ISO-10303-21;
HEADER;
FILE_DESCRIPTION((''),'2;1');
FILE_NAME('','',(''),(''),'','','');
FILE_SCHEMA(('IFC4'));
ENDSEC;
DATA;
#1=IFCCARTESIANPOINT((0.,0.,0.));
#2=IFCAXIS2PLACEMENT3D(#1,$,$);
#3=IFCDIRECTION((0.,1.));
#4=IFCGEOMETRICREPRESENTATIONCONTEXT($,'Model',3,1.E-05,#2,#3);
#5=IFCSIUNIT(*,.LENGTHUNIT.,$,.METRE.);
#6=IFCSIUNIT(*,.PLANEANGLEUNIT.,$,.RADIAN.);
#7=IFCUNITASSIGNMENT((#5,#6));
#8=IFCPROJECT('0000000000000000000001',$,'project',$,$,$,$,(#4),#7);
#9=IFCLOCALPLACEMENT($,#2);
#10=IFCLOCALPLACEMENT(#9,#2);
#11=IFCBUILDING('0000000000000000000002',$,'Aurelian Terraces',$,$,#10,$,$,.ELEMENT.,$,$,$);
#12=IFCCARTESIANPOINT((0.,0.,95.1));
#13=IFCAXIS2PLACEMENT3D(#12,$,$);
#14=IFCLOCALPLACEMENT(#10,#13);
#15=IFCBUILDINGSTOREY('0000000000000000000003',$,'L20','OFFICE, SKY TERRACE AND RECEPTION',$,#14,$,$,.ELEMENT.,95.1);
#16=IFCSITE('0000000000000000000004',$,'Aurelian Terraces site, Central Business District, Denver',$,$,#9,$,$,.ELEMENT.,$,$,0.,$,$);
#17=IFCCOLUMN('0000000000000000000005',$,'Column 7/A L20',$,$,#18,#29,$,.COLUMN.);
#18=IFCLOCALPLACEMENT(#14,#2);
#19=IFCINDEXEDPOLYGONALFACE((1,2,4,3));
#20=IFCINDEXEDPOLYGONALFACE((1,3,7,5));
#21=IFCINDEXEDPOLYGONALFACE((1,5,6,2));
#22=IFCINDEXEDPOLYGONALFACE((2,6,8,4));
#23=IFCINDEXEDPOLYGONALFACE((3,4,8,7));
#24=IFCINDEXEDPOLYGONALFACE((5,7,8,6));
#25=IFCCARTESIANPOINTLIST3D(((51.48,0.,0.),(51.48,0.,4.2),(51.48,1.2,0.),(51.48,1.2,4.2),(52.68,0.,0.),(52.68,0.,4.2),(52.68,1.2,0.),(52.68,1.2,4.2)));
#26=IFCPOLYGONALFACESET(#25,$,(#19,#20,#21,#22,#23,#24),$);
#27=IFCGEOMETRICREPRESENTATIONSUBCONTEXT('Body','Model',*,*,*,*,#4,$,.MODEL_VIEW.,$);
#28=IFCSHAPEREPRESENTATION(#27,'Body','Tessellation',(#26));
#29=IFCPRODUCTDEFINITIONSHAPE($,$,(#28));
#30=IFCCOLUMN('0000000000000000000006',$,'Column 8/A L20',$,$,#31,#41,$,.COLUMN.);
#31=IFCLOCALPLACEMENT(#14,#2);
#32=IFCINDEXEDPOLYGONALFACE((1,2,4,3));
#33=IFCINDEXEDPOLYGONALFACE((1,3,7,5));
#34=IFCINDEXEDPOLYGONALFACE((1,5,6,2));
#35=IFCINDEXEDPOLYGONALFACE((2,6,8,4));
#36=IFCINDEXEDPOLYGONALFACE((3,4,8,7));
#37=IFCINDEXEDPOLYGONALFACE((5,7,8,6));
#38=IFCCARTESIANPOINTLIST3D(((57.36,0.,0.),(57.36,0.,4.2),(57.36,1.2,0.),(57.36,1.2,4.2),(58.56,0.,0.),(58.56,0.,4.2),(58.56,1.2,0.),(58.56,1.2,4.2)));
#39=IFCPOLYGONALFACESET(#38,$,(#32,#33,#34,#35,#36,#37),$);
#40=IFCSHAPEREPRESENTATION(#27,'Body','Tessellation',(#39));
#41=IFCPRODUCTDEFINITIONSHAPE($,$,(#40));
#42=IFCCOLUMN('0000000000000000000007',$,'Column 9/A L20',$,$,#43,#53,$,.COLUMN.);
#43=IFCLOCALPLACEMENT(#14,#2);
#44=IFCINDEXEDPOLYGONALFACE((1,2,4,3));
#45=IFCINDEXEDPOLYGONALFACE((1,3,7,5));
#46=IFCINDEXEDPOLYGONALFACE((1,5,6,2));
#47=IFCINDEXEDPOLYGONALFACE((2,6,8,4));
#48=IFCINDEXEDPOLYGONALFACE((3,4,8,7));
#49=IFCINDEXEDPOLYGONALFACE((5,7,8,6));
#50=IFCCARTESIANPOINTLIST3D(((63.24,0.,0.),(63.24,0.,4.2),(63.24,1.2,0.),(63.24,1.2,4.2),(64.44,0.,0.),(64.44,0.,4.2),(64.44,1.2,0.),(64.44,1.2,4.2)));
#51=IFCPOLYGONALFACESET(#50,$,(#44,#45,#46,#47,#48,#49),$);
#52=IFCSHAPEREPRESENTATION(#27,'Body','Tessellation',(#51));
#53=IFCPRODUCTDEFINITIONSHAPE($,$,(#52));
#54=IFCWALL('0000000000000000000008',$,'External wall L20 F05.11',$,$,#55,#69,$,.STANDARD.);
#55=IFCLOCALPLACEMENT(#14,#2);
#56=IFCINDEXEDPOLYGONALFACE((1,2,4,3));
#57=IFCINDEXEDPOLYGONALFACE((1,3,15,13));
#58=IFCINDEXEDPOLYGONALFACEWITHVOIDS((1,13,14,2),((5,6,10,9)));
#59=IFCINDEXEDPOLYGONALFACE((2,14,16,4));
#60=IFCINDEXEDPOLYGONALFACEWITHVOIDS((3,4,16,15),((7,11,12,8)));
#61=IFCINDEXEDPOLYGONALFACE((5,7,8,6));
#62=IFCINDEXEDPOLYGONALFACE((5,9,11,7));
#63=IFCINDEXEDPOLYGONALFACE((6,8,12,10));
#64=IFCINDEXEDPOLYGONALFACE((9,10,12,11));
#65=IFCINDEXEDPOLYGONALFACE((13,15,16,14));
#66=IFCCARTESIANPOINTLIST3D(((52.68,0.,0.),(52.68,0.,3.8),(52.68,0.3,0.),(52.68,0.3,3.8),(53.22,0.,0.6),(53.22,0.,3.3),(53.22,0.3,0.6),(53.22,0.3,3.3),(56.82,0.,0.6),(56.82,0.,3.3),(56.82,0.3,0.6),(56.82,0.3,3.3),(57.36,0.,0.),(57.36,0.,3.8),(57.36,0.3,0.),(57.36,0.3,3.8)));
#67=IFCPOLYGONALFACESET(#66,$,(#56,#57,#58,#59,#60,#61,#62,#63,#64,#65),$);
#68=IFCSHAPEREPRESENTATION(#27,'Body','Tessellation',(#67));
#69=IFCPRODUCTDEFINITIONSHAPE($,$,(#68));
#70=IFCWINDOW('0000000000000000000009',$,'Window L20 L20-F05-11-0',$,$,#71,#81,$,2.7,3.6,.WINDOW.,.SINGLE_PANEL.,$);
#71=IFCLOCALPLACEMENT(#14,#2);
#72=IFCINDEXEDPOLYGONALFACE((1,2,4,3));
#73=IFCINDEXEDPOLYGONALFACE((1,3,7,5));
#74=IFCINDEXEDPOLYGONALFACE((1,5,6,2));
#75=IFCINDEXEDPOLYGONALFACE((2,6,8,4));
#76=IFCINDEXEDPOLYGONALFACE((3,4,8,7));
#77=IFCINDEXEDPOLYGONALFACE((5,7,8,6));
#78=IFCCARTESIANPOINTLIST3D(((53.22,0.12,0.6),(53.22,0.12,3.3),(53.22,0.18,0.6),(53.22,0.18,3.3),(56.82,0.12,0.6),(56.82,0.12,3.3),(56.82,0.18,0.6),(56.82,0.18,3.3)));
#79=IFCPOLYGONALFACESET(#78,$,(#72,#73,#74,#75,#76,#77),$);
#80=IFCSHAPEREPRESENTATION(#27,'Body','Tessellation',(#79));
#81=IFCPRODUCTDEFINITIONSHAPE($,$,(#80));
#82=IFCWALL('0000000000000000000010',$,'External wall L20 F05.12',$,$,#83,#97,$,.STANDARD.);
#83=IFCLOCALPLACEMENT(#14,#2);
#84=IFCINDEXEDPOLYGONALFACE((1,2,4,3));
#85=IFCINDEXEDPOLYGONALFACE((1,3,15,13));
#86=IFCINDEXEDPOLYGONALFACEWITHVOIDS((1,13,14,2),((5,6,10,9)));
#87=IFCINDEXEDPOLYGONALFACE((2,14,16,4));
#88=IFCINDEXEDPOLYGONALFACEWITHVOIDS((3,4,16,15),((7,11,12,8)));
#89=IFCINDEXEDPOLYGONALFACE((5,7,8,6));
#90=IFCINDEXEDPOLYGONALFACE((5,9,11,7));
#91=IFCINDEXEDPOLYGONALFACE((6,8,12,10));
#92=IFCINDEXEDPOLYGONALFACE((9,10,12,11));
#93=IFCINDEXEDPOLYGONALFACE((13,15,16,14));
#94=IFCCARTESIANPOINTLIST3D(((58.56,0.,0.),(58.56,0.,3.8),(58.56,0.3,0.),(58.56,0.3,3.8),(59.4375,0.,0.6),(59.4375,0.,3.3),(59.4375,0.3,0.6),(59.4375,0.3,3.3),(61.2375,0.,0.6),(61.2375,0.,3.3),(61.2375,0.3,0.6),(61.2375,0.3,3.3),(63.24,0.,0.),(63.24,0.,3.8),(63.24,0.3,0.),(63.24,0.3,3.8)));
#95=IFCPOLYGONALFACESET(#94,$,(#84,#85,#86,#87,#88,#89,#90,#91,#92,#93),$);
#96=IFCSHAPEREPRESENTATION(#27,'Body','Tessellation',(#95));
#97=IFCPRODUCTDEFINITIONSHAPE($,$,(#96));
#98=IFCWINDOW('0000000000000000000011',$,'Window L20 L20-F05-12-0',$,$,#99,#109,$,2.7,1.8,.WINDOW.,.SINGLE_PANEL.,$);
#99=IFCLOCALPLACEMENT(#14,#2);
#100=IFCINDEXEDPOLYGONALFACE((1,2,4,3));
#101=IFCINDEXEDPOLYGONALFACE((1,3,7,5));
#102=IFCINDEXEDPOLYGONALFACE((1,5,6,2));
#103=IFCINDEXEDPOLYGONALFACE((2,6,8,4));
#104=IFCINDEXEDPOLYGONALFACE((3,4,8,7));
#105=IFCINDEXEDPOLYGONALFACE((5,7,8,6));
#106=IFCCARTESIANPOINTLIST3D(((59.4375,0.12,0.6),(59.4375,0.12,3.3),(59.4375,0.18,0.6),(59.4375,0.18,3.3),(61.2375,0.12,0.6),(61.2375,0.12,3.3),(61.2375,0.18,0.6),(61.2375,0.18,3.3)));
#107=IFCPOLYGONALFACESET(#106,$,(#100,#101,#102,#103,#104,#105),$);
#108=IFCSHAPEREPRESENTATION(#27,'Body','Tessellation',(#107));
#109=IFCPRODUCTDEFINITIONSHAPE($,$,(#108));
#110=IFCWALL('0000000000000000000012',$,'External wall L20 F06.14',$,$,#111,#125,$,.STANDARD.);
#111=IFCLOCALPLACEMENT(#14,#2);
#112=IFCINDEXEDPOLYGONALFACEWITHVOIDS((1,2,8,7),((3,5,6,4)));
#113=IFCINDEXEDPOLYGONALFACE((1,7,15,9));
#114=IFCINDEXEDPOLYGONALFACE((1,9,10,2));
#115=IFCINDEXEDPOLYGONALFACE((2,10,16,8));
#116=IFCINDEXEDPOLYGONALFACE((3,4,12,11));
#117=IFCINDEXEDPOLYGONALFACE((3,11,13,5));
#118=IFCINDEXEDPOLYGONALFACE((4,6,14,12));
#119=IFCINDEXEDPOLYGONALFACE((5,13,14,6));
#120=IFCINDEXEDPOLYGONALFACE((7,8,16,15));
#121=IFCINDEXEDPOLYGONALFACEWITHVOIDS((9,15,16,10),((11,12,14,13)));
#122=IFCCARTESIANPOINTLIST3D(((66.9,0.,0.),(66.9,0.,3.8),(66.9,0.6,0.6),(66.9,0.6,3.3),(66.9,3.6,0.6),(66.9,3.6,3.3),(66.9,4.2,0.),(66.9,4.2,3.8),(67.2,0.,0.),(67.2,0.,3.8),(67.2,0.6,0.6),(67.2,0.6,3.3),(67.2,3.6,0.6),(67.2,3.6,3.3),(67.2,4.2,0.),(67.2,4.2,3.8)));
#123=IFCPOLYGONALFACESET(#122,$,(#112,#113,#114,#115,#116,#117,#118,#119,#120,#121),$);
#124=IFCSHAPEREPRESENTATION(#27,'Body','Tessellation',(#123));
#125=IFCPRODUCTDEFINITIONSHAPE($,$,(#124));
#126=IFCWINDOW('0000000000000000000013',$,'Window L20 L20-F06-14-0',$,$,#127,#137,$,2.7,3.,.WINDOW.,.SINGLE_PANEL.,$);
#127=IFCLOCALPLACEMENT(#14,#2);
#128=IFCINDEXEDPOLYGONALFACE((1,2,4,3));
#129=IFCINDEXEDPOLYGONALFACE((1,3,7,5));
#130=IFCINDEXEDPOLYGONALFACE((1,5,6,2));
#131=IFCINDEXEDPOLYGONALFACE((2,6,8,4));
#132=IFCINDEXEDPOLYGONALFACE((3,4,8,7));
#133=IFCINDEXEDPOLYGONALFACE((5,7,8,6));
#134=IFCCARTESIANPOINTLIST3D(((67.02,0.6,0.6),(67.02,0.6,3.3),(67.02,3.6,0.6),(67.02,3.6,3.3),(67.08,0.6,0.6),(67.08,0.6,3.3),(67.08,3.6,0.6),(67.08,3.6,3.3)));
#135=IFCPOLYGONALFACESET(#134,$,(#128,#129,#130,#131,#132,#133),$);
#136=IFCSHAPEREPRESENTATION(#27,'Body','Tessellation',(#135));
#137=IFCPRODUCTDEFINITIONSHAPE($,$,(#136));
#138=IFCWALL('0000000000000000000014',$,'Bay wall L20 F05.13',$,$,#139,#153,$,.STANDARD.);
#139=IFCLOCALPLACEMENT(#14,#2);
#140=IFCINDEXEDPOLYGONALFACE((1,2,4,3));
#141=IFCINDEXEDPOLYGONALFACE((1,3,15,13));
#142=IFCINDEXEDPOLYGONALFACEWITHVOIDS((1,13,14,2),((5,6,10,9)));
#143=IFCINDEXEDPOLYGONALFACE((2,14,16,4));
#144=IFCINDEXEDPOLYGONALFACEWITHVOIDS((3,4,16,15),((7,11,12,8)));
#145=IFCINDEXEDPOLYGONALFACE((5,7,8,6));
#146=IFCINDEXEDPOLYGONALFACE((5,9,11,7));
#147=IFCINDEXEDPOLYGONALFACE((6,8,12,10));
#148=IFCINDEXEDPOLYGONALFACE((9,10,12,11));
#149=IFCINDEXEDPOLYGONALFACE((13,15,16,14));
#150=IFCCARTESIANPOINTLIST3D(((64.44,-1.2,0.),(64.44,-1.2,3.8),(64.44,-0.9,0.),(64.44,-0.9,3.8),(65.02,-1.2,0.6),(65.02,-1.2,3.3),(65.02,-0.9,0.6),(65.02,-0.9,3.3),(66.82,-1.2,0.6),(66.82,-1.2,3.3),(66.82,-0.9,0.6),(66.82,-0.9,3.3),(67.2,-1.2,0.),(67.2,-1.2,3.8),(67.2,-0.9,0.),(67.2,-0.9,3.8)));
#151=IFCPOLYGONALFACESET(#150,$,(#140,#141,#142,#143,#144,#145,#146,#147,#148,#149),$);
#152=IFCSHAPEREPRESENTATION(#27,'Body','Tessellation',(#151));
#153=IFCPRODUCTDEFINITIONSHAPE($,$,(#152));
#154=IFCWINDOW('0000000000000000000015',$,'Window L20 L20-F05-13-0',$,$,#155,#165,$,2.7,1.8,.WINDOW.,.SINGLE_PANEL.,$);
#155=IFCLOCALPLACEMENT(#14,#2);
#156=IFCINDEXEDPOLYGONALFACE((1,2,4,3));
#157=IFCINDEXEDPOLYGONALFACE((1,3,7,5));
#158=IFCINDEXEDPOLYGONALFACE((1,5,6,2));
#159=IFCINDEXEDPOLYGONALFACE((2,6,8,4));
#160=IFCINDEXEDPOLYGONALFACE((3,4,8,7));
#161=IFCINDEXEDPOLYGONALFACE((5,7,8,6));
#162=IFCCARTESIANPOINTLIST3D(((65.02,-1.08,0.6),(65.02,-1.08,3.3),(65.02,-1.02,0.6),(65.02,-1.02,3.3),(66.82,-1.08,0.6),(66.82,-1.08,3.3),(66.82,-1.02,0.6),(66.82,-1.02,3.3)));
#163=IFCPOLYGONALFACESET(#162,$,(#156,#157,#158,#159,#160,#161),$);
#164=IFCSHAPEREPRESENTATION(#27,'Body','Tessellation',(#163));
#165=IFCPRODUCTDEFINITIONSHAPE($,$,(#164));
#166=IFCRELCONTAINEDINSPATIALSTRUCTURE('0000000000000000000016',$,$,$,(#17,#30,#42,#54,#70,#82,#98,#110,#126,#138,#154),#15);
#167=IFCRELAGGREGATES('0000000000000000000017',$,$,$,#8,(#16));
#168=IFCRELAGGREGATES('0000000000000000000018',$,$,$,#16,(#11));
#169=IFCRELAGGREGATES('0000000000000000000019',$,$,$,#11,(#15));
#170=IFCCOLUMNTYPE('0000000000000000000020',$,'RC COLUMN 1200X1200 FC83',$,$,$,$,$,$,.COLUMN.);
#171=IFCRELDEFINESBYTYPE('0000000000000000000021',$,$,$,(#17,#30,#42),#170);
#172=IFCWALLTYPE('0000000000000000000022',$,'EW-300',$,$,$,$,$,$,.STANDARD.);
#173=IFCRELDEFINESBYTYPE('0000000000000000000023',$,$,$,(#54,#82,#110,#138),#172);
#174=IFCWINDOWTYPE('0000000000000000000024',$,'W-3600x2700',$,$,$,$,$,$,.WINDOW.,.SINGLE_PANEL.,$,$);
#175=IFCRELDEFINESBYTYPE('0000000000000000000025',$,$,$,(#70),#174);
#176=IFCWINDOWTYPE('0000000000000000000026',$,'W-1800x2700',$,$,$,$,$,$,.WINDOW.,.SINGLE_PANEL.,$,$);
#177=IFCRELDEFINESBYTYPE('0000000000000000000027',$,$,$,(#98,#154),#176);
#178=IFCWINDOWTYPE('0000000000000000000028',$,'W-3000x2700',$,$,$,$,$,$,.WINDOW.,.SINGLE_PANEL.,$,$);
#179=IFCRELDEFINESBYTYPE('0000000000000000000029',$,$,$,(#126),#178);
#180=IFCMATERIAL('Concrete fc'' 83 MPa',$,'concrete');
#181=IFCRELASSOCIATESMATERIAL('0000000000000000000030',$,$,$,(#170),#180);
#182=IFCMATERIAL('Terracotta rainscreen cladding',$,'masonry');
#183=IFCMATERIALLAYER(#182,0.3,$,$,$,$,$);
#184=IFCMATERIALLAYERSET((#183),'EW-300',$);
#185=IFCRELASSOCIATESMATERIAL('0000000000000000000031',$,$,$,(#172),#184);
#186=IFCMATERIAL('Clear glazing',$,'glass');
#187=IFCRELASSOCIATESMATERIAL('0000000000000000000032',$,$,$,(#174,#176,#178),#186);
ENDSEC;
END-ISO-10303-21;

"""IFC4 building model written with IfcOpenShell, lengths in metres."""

from ifc_helpers import new_model, si_unit, direction, frame, frame_2d, origin, origin_2d, place, context, subcontext, project, spatial, rectangle, extrude, source, transform, mapped, material, layer, layer_set, material_profile, profile_set, type_object, element, fill, save


model = new_model("IFC4")

# Units and contexts
model_context = context("Model", 3, precision=1e-05, world=origin(), true_north=direction((0.0, 1.0)))
body_context = subcontext(model_context, "Body", "Model", "MODEL_VIEW")
ifc_project = project(units=[si_unit("LENGTHUNIT", "METRE"), si_unit("PLANEANGLEUNIT", "RADIAN")], contexts=[model_context])

# Site, building, storey
site_placement = place(None, origin())
site = spatial("IfcSite", under=ifc_project, at=site_placement, Name="Aurelian Terraces site, Central Business District, Denver", CompositionType="ELEMENT", RefElevation=0.0)
building_placement = place(site_placement, origin())
building = spatial("IfcBuilding", under=site, at=building_placement, Name="Aurelian Terraces", CompositionType="ELEMENT")
storey_placement = place(building_placement, frame((0.0, 0.0, 95.1)))
storey = spatial("IfcBuildingStorey", under=building, at=storey_placement, Name="L20", Description="OFFICE, SKY TERRACE AND RECEPTION", CompositionType="ELEMENT", Elevation=95.1)

# Columns
ifc_material_1 = material(Name="Concrete fc' 83 MPa", Category="concrete")
ifc_material_profile = material_profile(ifc_material_1, rectangle(XDim=1.2, YDim=1.2, at=origin_2d()))
ifc_profile_set = profile_set([ifc_material_profile], Name="Concrete fc' 83 MPa")
column_type = type_object("IfcColumnType", Name="RC COLUMN 1200X1200 FC83", PredefinedType="COLUMN", material=ifc_profile_set)
shared_shape_1 = source(origin(), body_context, "Body", "SweptSolid", [
    extrude(rectangle(XDim=1.2, YDim=1.2, at=origin_2d()), origin(), (0.0, 0.0, 1.0), 4.2),
])
for number, where, z_axis, x_axis, name in (
    (1, (52.08, 0.6, 0.0), (0.0, 0.0, 1.0), (1.0, 0.0, 0.0), "Column 7/A L20"),
    (2, (57.96, 0.6, 0.0), (0.0, 0.0, 1.0), (1.0, 0.0, 0.0), "Column 8/A L20"),
    (3, (63.84, 0.6, 0.0), (0.0, 0.0, 1.0), (1.0, 0.0, 0.0), "Column 9/A L20"),
):
    element("IfcColumn", number, at=place(storey_placement, frame(where, z_axis=z_axis, x_axis=x_axis)), inside=storey, type_object=column_type, Name=name, PredefinedType="COLUMN", context=body_context, shape_type="MappedRepresentation", body=[
        mapped(shared_shape_1, transform((0.0, 0.0, 0.0), scale=1.0)),
    ])

# Walls, openings, windows
ifc_material_2 = material(Name="Terracotta rainscreen cladding", Category="masonry")
ifc_layer_1 = layer(ifc_material_2, 0.3)
ifc_layer_set_1 = layer_set([ifc_layer_1], Name="EW-300")
wall_type_1 = type_object("IfcWallType", Name="EW-300", PredefinedType="STANDARD", material=ifc_layer_set_1)
shared_shape_2 = source(origin(), body_context, "Body", "SweptSolid", [
    extrude(rectangle(XDim=4.68, YDim=0.3, at=frame_2d((2.34, 0.0))), origin(), (0.0, 0.0, 1.0), 3.8),
])
wall_1_placement = place(storey_placement, frame((52.68, 0.15, 0.0), z_axis=(0.0, 0.0, 1.0), x_axis=(1.0, 0.0, 0.0)))
wall_1 = element("IfcWall", 4, at=wall_1_placement, inside=storey, type_object=wall_type_1, Name="External wall L20 F05.11", PredefinedType="STANDARD", context=body_context, shape_type="MappedRepresentation", body=[
    mapped(shared_shape_2, transform((0.0, 0.0, 0.0), scale=1.0)),
])
shared_shape_3 = source(origin(), body_context, "Body", "SweptSolid", [
    extrude(rectangle(XDim=3.6, YDim=2.7, at=frame_2d((1.8, 1.35))), frame((0.0, 0.16, 0.0), z_axis=(0.0, -1.0, 0.0), x_axis=(1.0, 0.0, 0.0)), (0.0, 0.0, 1.0), 0.32),
])
opening_1_placement = place(wall_1_placement, frame((0.54, 0.0, 0.6)))
opening_1 = element("IfcOpeningElement", 5, at=opening_1_placement, cuts=wall_1, PredefinedType="OPENING", context=body_context, shape_type="MappedRepresentation", body=[
    mapped(shared_shape_3, transform((0.0, 0.0, 0.0), scale=1.0)),
])
ifc_material_3 = material(Name="Clear glazing", Category="glass")
window_type_1 = type_object("IfcWindowType", Name="W-3600x2700", PartitioningType="SINGLE_PANEL", PredefinedType="WINDOW", material=ifc_material_3)
shared_shape_4 = source(origin(), body_context, "Body", "SweptSolid", [
    extrude(rectangle(XDim=3.6, YDim=2.7, at=frame_2d((1.8, 1.35))), frame((0.0, 0.03, 0.0), z_axis=(0.0, -1.0, 0.0), x_axis=(1.0, 0.0, 0.0)), (0.0, 0.0, 1.0), 0.06),
])
window_1_placement = place(opening_1_placement, origin())
window_1 = element("IfcWindow", 6, at=window_1_placement, inside=storey, type_object=window_type_1, Name="Window L20 L20-F05-11-0", OverallHeight=2.7, OverallWidth=3.6, PartitioningType="SINGLE_PANEL", PredefinedType="WINDOW", context=body_context, shape_type="MappedRepresentation", body=[
    mapped(shared_shape_4, transform((0.0, 0.0, 0.0), scale=1.0)),
])
fill(opening_1, window_1)
wall_2_placement = place(storey_placement, frame((58.56, 0.15, 0.0), z_axis=(0.0, 0.0, 1.0), x_axis=(1.0, 0.0, 0.0)))
wall_2 = element("IfcWall", 7, at=wall_2_placement, inside=storey, type_object=wall_type_1, Name="External wall L20 F05.12", PredefinedType="STANDARD", context=body_context, shape_type="MappedRepresentation", body=[
    mapped(shared_shape_2, transform((0.0, 0.0, 0.0), scale=1.0)),
])
shared_shape_5 = source(origin(), body_context, "Body", "SweptSolid", [
    extrude(rectangle(XDim=1.8, YDim=2.7, at=frame_2d((0.9, 1.35))), frame((0.0, 0.16, 0.0), z_axis=(0.0, -1.0, 0.0), x_axis=(1.0, 0.0, 0.0)), (0.0, 0.0, 1.0), 0.32),
])
opening_2_placement = place(wall_2_placement, frame((0.8775, 0.0, 0.6)))
opening_2 = element("IfcOpeningElement", 8, at=opening_2_placement, cuts=wall_2, PredefinedType="OPENING", context=body_context, shape_type="MappedRepresentation", body=[
    mapped(shared_shape_5, transform((0.0, 0.0, 0.0), scale=1.0)),
])
window_type_2 = type_object("IfcWindowType", Name="W-1800x2700", PartitioningType="SINGLE_PANEL", PredefinedType="WINDOW", material=ifc_material_3)
shared_shape_6 = source(origin(), body_context, "Body", "SweptSolid", [
    extrude(rectangle(XDim=1.8, YDim=2.7, at=frame_2d((0.9, 1.35))), frame((0.0, 0.03, 0.0), z_axis=(0.0, -1.0, 0.0), x_axis=(1.0, 0.0, 0.0)), (0.0, 0.0, 1.0), 0.06),
])
window_2_placement = place(opening_2_placement, origin())
window_2 = element("IfcWindow", 9, at=window_2_placement, inside=storey, type_object=window_type_2, Name="Window L20 L20-F05-12-0", OverallHeight=2.7, OverallWidth=1.8, PartitioningType="SINGLE_PANEL", PredefinedType="WINDOW", context=body_context, shape_type="MappedRepresentation", body=[
    mapped(shared_shape_6, transform((0.0, 0.0, 0.0), scale=1.0)),
])
fill(opening_2, window_2)
shared_shape_7 = source(origin(), body_context, "Body", "SweptSolid", [
    extrude(rectangle(XDim=4.2, YDim=0.3, at=frame_2d((2.1, 0.0))), origin(), (0.0, 0.0, 1.0), 3.8),
])
wall_3_placement = place(storey_placement, frame((67.05, 0.0, 0.0), z_axis=(0.0, 0.0, 1.0), x_axis=(0.0, 1.0, 0.0)))
wall_3 = element("IfcWall", 10, at=wall_3_placement, inside=storey, type_object=wall_type_1, Name="External wall L20 F06.14", PredefinedType="STANDARD", context=body_context, shape_type="MappedRepresentation", body=[
    mapped(shared_shape_7, transform((0.0, 0.0, 0.0), scale=1.0)),
])
shared_shape_8 = source(origin(), body_context, "Body", "SweptSolid", [
    extrude(rectangle(XDim=3.0, YDim=2.7, at=frame_2d((1.5, 1.35))), frame((0.0, 0.16, 0.0), z_axis=(0.0, -1.0, 0.0), x_axis=(1.0, 0.0, 0.0)), (0.0, 0.0, 1.0), 0.32),
])
opening_3_placement = place(wall_3_placement, frame((0.6, 0.0, 0.6)))
opening_3 = element("IfcOpeningElement", 11, at=opening_3_placement, cuts=wall_3, PredefinedType="OPENING", context=body_context, shape_type="MappedRepresentation", body=[
    mapped(shared_shape_8, transform((0.0, 0.0, 0.0), scale=1.0)),
])
window_type_3 = type_object("IfcWindowType", Name="W-3000x2700", PartitioningType="SINGLE_PANEL", PredefinedType="WINDOW", material=ifc_material_3)
shared_shape_9 = source(origin(), body_context, "Body", "SweptSolid", [
    extrude(rectangle(XDim=3.0, YDim=2.7, at=frame_2d((1.5, 1.35))), frame((0.0, 0.03, 0.0), z_axis=(0.0, -1.0, 0.0), x_axis=(1.0, 0.0, 0.0)), (0.0, 0.0, 1.0), 0.06),
])
window_3_placement = place(opening_3_placement, origin())
window_3 = element("IfcWindow", 12, at=window_3_placement, inside=storey, type_object=window_type_3, Name="Window L20 L20-F06-14-0", OverallHeight=2.7, OverallWidth=3.0, PartitioningType="SINGLE_PANEL", PredefinedType="WINDOW", context=body_context, shape_type="MappedRepresentation", body=[
    mapped(shared_shape_9, transform((0.0, 0.0, 0.0), scale=1.0)),
])
fill(opening_3, window_3)
shared_shape_10 = source(origin(), body_context, "Body", "SweptSolid", [
    extrude(rectangle(XDim=2.76, YDim=0.3, at=frame_2d((1.38, 0.0))), origin(), (0.0, 0.0, 1.0), 3.8),
])
wall_4_placement = place(storey_placement, frame((64.44, -1.05, 0.0), z_axis=(0.0, 0.0, 1.0), x_axis=(1.0, 0.0, 0.0)))
wall_4 = element("IfcWall", 13, at=wall_4_placement, inside=storey, type_object=wall_type_1, Name="Bay wall L20 F05.13", PredefinedType="STANDARD", context=body_context, shape_type="MappedRepresentation", body=[
    mapped(shared_shape_10, transform((0.0, 0.0, 0.0), scale=1.0)),
])
opening_4_placement = place(wall_4_placement, frame((0.58, 0.0, 0.6)))
opening_4 = element("IfcOpeningElement", 14, at=opening_4_placement, cuts=wall_4, PredefinedType="OPENING", context=body_context, shape_type="MappedRepresentation", body=[
    mapped(shared_shape_5, transform((0.0, 0.0, 0.0), scale=1.0)),
])
window_4_placement = place(opening_4_placement, origin())
window_4 = element("IfcWindow", 15, at=window_4_placement, inside=storey, type_object=window_type_2, Name="Window L20 L20-F05-13-0", OverallHeight=2.7, OverallWidth=1.8, PartitioningType="SINGLE_PANEL", PredefinedType="WINDOW", context=body_context, shape_type="MappedRepresentation", body=[
    mapped(shared_shape_6, transform((0.0, 0.0, 0.0), scale=1.0)),
])
fill(opening_4, window_4)

save(model, "model.ifc")
